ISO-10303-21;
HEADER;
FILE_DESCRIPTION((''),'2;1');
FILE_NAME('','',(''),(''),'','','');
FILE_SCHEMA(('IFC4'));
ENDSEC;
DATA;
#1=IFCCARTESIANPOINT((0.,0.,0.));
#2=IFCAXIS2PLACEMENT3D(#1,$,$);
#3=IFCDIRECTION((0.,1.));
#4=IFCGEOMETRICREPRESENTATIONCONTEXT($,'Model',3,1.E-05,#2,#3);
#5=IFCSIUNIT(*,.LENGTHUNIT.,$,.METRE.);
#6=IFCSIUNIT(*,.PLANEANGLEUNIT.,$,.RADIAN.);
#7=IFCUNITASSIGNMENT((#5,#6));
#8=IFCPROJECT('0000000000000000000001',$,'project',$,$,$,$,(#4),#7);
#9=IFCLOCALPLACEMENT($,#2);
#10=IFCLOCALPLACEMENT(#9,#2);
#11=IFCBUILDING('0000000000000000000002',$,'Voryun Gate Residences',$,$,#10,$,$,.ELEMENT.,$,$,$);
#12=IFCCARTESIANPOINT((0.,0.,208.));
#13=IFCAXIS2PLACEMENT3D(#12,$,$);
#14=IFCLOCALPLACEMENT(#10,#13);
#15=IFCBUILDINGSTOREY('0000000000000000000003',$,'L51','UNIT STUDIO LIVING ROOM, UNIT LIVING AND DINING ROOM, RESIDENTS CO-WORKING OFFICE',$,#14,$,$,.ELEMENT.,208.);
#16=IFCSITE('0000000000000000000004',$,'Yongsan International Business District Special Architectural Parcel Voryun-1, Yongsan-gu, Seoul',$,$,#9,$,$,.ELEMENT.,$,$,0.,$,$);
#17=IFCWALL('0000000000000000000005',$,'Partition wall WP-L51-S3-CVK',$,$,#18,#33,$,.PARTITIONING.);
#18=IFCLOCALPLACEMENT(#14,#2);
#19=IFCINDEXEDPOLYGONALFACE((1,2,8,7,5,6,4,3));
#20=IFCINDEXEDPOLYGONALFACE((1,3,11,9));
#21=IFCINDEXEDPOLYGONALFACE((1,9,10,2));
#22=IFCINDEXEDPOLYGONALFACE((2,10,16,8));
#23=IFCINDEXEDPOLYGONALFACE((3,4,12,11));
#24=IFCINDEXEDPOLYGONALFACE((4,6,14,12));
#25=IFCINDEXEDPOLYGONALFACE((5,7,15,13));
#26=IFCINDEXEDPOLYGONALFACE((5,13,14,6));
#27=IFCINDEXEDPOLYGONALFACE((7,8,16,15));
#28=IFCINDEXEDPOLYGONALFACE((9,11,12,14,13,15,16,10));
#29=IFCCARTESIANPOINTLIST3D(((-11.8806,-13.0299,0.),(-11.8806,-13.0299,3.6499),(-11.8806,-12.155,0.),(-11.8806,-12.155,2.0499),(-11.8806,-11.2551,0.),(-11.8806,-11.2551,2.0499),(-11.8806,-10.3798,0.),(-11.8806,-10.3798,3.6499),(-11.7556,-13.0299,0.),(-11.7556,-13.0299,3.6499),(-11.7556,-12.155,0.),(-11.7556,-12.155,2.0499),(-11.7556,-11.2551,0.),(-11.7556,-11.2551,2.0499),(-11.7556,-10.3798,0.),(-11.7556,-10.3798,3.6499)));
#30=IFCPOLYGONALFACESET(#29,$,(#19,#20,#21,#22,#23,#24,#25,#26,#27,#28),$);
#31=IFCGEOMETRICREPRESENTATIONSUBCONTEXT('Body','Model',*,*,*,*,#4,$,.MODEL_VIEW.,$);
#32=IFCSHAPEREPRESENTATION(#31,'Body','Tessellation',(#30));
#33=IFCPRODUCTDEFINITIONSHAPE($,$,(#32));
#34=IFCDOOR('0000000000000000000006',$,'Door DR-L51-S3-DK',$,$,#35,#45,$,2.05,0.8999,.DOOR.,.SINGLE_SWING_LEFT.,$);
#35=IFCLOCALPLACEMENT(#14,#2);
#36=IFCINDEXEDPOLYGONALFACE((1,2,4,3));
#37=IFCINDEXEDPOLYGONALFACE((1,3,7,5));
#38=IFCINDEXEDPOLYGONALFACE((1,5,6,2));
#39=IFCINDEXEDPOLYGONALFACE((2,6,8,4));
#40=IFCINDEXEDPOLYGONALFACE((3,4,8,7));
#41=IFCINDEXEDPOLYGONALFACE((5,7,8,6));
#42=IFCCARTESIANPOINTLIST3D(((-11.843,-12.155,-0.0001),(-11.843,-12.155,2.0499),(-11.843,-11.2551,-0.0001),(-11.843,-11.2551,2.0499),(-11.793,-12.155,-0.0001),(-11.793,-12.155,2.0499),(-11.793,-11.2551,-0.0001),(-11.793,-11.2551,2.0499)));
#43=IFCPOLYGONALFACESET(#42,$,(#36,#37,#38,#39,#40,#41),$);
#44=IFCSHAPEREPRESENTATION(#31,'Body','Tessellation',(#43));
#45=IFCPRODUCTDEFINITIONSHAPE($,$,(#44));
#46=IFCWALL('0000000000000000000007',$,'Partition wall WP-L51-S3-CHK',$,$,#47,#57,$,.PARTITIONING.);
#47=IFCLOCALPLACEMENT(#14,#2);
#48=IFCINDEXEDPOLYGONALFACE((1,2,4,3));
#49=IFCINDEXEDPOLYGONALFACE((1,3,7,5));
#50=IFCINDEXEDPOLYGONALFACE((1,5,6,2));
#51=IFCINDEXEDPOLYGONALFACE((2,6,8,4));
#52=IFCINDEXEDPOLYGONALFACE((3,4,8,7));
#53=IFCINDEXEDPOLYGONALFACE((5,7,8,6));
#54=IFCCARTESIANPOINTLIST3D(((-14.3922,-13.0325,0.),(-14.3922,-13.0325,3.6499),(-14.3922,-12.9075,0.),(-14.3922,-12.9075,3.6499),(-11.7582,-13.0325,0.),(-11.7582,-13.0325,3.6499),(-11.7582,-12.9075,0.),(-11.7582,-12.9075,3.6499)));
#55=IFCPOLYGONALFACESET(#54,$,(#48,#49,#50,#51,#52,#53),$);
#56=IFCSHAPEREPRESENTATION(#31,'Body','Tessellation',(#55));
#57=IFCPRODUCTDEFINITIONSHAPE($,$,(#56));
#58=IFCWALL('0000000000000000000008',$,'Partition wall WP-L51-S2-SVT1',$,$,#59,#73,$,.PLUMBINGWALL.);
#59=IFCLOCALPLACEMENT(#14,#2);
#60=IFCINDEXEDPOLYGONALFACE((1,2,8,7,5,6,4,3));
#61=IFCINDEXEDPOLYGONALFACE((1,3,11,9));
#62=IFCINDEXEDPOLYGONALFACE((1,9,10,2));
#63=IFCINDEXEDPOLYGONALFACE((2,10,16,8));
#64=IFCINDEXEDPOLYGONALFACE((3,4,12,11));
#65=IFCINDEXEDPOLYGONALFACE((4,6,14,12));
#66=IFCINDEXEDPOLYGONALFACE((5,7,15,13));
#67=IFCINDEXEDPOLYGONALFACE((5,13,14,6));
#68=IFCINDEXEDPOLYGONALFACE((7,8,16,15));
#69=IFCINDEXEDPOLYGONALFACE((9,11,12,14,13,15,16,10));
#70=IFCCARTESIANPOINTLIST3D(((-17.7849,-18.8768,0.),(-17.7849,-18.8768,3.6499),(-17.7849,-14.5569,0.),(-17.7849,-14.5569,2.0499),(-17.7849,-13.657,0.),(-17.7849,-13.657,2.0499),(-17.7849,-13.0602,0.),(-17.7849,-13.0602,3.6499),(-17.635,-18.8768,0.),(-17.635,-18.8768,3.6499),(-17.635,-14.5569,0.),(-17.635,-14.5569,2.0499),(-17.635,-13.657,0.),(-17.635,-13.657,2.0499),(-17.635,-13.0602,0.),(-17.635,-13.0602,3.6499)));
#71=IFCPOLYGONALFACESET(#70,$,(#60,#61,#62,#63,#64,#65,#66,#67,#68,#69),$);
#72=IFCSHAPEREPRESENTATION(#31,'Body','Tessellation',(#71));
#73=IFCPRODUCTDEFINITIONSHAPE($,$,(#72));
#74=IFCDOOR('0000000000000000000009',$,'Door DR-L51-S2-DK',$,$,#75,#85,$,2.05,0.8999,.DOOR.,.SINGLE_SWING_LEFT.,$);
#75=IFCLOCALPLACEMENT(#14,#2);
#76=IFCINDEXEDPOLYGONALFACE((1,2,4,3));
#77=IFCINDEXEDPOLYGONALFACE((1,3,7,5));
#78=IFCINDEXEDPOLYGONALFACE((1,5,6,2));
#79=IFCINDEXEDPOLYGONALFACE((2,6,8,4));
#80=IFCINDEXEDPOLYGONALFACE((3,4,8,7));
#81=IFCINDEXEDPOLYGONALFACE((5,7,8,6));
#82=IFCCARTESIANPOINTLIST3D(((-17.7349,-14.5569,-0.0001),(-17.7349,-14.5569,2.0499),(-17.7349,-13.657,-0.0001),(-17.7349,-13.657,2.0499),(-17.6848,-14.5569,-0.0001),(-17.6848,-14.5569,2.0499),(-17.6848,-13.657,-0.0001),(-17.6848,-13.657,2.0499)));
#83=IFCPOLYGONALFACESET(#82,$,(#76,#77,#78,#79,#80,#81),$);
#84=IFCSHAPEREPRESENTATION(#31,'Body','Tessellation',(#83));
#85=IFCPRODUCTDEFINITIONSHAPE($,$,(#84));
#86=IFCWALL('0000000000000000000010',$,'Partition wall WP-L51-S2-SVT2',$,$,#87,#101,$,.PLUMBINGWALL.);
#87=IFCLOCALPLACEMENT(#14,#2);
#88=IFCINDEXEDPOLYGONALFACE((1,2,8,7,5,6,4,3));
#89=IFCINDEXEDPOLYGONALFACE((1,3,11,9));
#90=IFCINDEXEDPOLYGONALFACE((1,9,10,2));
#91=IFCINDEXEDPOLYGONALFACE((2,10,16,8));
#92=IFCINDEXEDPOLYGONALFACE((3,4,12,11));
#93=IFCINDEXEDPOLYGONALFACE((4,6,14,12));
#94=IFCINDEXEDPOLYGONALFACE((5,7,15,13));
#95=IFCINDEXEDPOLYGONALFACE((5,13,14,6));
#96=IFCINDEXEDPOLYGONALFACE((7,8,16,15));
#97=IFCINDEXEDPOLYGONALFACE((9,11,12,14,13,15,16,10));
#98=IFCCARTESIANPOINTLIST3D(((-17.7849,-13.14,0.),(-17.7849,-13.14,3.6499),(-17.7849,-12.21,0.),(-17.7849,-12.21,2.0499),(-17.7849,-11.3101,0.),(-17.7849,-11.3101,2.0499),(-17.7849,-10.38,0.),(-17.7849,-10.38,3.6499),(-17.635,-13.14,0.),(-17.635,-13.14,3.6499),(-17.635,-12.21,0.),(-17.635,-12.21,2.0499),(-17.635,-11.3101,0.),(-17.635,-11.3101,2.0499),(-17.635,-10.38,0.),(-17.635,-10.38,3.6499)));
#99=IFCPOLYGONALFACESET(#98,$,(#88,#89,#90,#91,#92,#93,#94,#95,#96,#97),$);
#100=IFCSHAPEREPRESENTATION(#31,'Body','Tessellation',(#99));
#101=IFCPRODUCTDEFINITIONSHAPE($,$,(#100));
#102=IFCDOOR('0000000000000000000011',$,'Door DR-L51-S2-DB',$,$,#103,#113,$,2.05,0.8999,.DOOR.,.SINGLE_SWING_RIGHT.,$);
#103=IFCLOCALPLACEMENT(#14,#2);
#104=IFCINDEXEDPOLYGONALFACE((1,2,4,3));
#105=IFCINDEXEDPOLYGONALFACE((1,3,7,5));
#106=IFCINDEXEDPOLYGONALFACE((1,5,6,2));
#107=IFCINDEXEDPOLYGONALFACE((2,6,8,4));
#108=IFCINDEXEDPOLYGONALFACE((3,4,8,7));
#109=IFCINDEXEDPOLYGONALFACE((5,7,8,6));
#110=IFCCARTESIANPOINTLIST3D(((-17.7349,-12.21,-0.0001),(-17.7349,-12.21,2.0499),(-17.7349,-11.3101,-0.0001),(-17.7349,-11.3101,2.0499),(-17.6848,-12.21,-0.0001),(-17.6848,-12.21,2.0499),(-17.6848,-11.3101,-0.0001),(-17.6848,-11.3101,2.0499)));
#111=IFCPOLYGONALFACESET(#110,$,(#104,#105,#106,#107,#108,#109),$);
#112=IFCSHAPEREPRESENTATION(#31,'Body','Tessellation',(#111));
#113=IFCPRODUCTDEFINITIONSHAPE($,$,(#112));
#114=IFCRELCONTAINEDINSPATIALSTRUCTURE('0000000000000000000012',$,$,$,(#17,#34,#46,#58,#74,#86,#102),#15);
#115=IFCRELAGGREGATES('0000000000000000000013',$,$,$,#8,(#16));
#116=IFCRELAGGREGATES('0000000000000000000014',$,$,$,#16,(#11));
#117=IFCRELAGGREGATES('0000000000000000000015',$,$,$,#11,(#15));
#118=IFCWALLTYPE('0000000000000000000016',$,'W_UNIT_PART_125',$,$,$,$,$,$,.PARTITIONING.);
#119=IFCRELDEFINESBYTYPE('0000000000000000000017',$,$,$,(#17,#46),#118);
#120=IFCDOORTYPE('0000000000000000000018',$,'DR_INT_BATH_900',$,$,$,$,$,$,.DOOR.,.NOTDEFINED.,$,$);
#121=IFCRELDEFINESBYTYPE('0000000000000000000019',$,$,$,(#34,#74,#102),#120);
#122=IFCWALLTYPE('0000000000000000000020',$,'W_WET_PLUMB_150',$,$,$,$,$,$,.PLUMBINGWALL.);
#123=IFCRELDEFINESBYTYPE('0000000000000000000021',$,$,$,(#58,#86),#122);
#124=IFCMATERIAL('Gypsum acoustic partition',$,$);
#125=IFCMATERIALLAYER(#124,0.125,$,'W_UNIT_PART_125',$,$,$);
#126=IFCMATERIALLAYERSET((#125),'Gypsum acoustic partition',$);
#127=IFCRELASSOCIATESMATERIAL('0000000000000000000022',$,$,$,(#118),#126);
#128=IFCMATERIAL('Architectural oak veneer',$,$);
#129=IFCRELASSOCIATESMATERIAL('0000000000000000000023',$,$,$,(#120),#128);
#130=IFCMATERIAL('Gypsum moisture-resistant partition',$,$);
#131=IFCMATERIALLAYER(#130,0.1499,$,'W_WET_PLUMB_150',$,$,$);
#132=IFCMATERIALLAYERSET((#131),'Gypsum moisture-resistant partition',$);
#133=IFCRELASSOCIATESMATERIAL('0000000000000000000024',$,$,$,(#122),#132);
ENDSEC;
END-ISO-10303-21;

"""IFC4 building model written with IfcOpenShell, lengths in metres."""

from ifc_helpers import new_model, si_unit, direction, frame, frame_2d, origin, place, context, subcontext, project, spatial, rectangle, extrude, material, layer, layer_set, type_object, element, fill, save


model = new_model("IFC4")

# Units and contexts
model_context = context("Model", 3, precision=1e-05, world=origin(), true_north=direction((0.0, 1.0)))
body_context = subcontext(model_context, "Body", "Model", "MODEL_VIEW")
ifc_project = project(units=[si_unit("LENGTHUNIT", "METRE"), si_unit("PLANEANGLEUNIT", "RADIAN")], contexts=[model_context])

# Site, building, storey
site_placement = place(None, origin())
site = spatial("IfcSite", under=ifc_project, at=site_placement, Name="Yongsan International Business District Special Architectural Parcel Voryun-1, Yongsan-gu, Seoul", CompositionType="ELEMENT", RefElevation=0.0)
building_placement = place(site_placement, origin())
building = spatial("IfcBuilding", under=site, at=building_placement, Name="Voryun Gate Residences", CompositionType="ELEMENT")
storey_placement = place(building_placement, frame((0.0, 0.0, 208.0)))
storey = spatial("IfcBuildingStorey", under=building, at=storey_placement, Name="L51", Description="UNIT STUDIO LIVING ROOM, UNIT LIVING AND DINING ROOM, RESIDENTS CO-WORKING OFFICE", CompositionType="ELEMENT", Elevation=208.0)

# Wall, opening, door
ifc_material_1 = material(Name="Gypsum acoustic partition")
ifc_layer_1 = layer(ifc_material_1, 0.125, Name="W_UNIT_PART_125")
ifc_layer_set_1 = layer_set([ifc_layer_1], Name="Gypsum acoustic partition")
wall_type_1 = type_object("IfcWallType", Name="W_UNIT_PART_125", PredefinedType="PARTITIONING", material=ifc_layer_set_1)
wall_1_placement = place(storey_placement, frame((-11.8181, -13.03, 0.0), z_axis=(0.0, 0.0, 1.0), x_axis=(0.0, 1.0, 0.0)))
wall_1 = element("IfcWall", 1, at=wall_1_placement, inside=storey, type_object=wall_type_1, Name="Partition wall WP-L51-S3-CVK", PredefinedType="PARTITIONING", context=body_context, shape_type="SweptSolid", body=[
    extrude(rectangle(XDim=2.6501, YDim=0.125, at=frame_2d((1.3252, 0.0))), origin(), (0.0, 0.0, 1.0), 3.6499),
])
opening_1_placement = place(wall_1_placement, frame((0.875, 0.0, 0.0)))
opening_1 = element("IfcOpeningElement", 2, at=opening_1_placement, cuts=wall_1, PredefinedType="OPENING", context=body_context, shape_type="SweptSolid", body=[
    extrude(rectangle(XDim=0.8999, YDim=2.05, at=frame_2d((0.45, 1.0249))), frame((0.0, 0.0725, 0.0), z_axis=(0.0, -1.0, 0.0), x_axis=(1.0, 0.0, 0.0)), (0.0, 0.0, 1.0), 0.145),
])
ifc_material_2 = material(Name="Architectural oak veneer")
door_type_1 = type_object("IfcDoorType", Name="DR_INT_BATH_900", OperationType="NOTDEFINED", PredefinedType="DOOR", material=ifc_material_2)
door_1_placement = place(opening_1_placement, origin())
door_1 = element("IfcDoor", 3, at=door_1_placement, inside=storey, type_object=door_type_1, Name="Door DR-L51-S3-DK", OperationType="SINGLE_SWING_LEFT", OverallHeight=2.05, OverallWidth=0.8999, PredefinedType="DOOR", context=body_context, shape_type="SweptSolid", body=[
    extrude(rectangle(XDim=0.8999, YDim=2.05, at=frame_2d((0.45, 1.0249))), frame((0.0, 0.0249, 0.0), z_axis=(0.0, -1.0, 0.0), x_axis=(1.0, 0.0, 0.0)), (0.0, 0.0, 1.0), 0.05),
])
fill(opening_1, door_1)

# Wall
wall_2_placement = place(storey_placement, frame((-14.3921, -12.97, 0.0), z_axis=(0.0, 0.0, 1.0), x_axis=(1.0, 0.0, 0.0)))
element("IfcWall", 4, at=wall_2_placement, inside=storey, type_object=wall_type_1, Name="Partition wall WP-L51-S3-CHK", PredefinedType="PARTITIONING", context=body_context, shape_type="SweptSolid", body=[
    extrude(rectangle(XDim=2.634, YDim=0.125, at=frame_2d((1.3169, 0.0))), origin(), (0.0, 0.0, 1.0), 3.6499),
])

# Walls, openings, doors
ifc_material_3 = material(Name="Gypsum moisture-resistant partition")
ifc_layer_2 = layer(ifc_material_3, 0.1499, Name="W_WET_PLUMB_150")
ifc_layer_set_2 = layer_set([ifc_layer_2], Name="Gypsum moisture-resistant partition")
wall_type_2 = type_object("IfcWallType", Name="W_WET_PLUMB_150", PredefinedType="PLUMBINGWALL", material=ifc_layer_set_2)
wall_3_placement = place(storey_placement, frame((-17.71, -18.8767, 0.0), z_axis=(0.0, 0.0, 1.0), x_axis=(0.0, 1.0, 0.0)))
wall_3 = element("IfcWall", 5, at=wall_3_placement, inside=storey, type_object=wall_type_2, Name="Partition wall WP-L51-S2-SVT1", PredefinedType="PLUMBINGWALL", context=body_context, shape_type="SweptSolid", body=[
    extrude(rectangle(XDim=5.8167, YDim=0.1499, at=frame_2d((2.9082, 0.0))), origin(), (0.0, 0.0, 1.0), 3.6499),
])
opening_2_placement = place(wall_3_placement, frame((4.3198, 0.0, 0.0)))
opening_2 = element("IfcOpeningElement", 6, at=opening_2_placement, cuts=wall_3, PredefinedType="OPENING", context=body_context, shape_type="SweptSolid", body=[
    extrude(rectangle(XDim=0.8999, YDim=2.05, at=frame_2d((0.45, 1.0249))), frame((0.0, 0.085, 0.0), z_axis=(0.0, -1.0, 0.0), x_axis=(1.0, 0.0, 0.0)), (0.0, 0.0, 1.0), 0.1699),
])
door_2_placement = place(opening_2_placement, origin())
door_2 = element("IfcDoor", 7, at=door_2_placement, inside=storey, type_object=door_type_1, Name="Door DR-L51-S2-DK", OperationType="SINGLE_SWING_LEFT", OverallHeight=2.05, OverallWidth=0.8999, PredefinedType="DOOR", context=body_context, shape_type="SweptSolid", body=[
    extrude(rectangle(XDim=0.8999, YDim=2.05, at=frame_2d((0.45, 1.0249))), frame((0.0, 0.0249, 0.0), z_axis=(0.0, -1.0, 0.0), x_axis=(1.0, 0.0, 0.0)), (0.0, 0.0, 1.0), 0.05),
])
fill(opening_2, door_2)
wall_4_placement = place(storey_placement, frame((-17.71, -13.1399, 0.0), z_axis=(0.0, 0.0, 1.0), x_axis=(0.0, 1.0, 0.0)))
wall_4 = element("IfcWall", 8, at=wall_4_placement, inside=storey, type_object=wall_type_2, Name="Partition wall WP-L51-S2-SVT2", PredefinedType="PLUMBINGWALL", context=body_context, shape_type="SweptSolid", body=[
    extrude(rectangle(XDim=2.76, YDim=0.1499, at=frame_2d((1.3799, 0.0))), origin(), (0.0, 0.0, 1.0), 3.6499),
])
opening_3_placement = place(wall_4_placement, frame((0.9299, 0.0, 0.0)))
opening_3 = element("IfcOpeningElement", 9, at=opening_3_placement, cuts=wall_4, PredefinedType="OPENING", context=body_context, shape_type="SweptSolid", body=[
    extrude(rectangle(XDim=0.8999, YDim=2.05, at=frame_2d((0.45, 1.0249))), frame((0.0, 0.085, 0.0), z_axis=(0.0, -1.0, 0.0), x_axis=(1.0, 0.0, 0.0)), (0.0, 0.0, 1.0), 0.1699),
])
door_3_placement = place(opening_3_placement, origin())
door_3 = element("IfcDoor", 10, at=door_3_placement, inside=storey, type_object=door_type_1, Name="Door DR-L51-S2-DB", OperationType="SINGLE_SWING_RIGHT", OverallHeight=2.05, OverallWidth=0.8999, PredefinedType="DOOR", context=body_context, shape_type="SweptSolid", body=[
    extrude(rectangle(XDim=0.8999, YDim=2.05, at=frame_2d((0.45, 1.0249))), frame((0.0, 0.0249, 0.0), z_axis=(0.0, -1.0, 0.0), x_axis=(1.0, 0.0, 0.0)), (0.0, 0.0, 1.0), 0.05),
])
fill(opening_3, door_3)

save(model, "model.ifc")
